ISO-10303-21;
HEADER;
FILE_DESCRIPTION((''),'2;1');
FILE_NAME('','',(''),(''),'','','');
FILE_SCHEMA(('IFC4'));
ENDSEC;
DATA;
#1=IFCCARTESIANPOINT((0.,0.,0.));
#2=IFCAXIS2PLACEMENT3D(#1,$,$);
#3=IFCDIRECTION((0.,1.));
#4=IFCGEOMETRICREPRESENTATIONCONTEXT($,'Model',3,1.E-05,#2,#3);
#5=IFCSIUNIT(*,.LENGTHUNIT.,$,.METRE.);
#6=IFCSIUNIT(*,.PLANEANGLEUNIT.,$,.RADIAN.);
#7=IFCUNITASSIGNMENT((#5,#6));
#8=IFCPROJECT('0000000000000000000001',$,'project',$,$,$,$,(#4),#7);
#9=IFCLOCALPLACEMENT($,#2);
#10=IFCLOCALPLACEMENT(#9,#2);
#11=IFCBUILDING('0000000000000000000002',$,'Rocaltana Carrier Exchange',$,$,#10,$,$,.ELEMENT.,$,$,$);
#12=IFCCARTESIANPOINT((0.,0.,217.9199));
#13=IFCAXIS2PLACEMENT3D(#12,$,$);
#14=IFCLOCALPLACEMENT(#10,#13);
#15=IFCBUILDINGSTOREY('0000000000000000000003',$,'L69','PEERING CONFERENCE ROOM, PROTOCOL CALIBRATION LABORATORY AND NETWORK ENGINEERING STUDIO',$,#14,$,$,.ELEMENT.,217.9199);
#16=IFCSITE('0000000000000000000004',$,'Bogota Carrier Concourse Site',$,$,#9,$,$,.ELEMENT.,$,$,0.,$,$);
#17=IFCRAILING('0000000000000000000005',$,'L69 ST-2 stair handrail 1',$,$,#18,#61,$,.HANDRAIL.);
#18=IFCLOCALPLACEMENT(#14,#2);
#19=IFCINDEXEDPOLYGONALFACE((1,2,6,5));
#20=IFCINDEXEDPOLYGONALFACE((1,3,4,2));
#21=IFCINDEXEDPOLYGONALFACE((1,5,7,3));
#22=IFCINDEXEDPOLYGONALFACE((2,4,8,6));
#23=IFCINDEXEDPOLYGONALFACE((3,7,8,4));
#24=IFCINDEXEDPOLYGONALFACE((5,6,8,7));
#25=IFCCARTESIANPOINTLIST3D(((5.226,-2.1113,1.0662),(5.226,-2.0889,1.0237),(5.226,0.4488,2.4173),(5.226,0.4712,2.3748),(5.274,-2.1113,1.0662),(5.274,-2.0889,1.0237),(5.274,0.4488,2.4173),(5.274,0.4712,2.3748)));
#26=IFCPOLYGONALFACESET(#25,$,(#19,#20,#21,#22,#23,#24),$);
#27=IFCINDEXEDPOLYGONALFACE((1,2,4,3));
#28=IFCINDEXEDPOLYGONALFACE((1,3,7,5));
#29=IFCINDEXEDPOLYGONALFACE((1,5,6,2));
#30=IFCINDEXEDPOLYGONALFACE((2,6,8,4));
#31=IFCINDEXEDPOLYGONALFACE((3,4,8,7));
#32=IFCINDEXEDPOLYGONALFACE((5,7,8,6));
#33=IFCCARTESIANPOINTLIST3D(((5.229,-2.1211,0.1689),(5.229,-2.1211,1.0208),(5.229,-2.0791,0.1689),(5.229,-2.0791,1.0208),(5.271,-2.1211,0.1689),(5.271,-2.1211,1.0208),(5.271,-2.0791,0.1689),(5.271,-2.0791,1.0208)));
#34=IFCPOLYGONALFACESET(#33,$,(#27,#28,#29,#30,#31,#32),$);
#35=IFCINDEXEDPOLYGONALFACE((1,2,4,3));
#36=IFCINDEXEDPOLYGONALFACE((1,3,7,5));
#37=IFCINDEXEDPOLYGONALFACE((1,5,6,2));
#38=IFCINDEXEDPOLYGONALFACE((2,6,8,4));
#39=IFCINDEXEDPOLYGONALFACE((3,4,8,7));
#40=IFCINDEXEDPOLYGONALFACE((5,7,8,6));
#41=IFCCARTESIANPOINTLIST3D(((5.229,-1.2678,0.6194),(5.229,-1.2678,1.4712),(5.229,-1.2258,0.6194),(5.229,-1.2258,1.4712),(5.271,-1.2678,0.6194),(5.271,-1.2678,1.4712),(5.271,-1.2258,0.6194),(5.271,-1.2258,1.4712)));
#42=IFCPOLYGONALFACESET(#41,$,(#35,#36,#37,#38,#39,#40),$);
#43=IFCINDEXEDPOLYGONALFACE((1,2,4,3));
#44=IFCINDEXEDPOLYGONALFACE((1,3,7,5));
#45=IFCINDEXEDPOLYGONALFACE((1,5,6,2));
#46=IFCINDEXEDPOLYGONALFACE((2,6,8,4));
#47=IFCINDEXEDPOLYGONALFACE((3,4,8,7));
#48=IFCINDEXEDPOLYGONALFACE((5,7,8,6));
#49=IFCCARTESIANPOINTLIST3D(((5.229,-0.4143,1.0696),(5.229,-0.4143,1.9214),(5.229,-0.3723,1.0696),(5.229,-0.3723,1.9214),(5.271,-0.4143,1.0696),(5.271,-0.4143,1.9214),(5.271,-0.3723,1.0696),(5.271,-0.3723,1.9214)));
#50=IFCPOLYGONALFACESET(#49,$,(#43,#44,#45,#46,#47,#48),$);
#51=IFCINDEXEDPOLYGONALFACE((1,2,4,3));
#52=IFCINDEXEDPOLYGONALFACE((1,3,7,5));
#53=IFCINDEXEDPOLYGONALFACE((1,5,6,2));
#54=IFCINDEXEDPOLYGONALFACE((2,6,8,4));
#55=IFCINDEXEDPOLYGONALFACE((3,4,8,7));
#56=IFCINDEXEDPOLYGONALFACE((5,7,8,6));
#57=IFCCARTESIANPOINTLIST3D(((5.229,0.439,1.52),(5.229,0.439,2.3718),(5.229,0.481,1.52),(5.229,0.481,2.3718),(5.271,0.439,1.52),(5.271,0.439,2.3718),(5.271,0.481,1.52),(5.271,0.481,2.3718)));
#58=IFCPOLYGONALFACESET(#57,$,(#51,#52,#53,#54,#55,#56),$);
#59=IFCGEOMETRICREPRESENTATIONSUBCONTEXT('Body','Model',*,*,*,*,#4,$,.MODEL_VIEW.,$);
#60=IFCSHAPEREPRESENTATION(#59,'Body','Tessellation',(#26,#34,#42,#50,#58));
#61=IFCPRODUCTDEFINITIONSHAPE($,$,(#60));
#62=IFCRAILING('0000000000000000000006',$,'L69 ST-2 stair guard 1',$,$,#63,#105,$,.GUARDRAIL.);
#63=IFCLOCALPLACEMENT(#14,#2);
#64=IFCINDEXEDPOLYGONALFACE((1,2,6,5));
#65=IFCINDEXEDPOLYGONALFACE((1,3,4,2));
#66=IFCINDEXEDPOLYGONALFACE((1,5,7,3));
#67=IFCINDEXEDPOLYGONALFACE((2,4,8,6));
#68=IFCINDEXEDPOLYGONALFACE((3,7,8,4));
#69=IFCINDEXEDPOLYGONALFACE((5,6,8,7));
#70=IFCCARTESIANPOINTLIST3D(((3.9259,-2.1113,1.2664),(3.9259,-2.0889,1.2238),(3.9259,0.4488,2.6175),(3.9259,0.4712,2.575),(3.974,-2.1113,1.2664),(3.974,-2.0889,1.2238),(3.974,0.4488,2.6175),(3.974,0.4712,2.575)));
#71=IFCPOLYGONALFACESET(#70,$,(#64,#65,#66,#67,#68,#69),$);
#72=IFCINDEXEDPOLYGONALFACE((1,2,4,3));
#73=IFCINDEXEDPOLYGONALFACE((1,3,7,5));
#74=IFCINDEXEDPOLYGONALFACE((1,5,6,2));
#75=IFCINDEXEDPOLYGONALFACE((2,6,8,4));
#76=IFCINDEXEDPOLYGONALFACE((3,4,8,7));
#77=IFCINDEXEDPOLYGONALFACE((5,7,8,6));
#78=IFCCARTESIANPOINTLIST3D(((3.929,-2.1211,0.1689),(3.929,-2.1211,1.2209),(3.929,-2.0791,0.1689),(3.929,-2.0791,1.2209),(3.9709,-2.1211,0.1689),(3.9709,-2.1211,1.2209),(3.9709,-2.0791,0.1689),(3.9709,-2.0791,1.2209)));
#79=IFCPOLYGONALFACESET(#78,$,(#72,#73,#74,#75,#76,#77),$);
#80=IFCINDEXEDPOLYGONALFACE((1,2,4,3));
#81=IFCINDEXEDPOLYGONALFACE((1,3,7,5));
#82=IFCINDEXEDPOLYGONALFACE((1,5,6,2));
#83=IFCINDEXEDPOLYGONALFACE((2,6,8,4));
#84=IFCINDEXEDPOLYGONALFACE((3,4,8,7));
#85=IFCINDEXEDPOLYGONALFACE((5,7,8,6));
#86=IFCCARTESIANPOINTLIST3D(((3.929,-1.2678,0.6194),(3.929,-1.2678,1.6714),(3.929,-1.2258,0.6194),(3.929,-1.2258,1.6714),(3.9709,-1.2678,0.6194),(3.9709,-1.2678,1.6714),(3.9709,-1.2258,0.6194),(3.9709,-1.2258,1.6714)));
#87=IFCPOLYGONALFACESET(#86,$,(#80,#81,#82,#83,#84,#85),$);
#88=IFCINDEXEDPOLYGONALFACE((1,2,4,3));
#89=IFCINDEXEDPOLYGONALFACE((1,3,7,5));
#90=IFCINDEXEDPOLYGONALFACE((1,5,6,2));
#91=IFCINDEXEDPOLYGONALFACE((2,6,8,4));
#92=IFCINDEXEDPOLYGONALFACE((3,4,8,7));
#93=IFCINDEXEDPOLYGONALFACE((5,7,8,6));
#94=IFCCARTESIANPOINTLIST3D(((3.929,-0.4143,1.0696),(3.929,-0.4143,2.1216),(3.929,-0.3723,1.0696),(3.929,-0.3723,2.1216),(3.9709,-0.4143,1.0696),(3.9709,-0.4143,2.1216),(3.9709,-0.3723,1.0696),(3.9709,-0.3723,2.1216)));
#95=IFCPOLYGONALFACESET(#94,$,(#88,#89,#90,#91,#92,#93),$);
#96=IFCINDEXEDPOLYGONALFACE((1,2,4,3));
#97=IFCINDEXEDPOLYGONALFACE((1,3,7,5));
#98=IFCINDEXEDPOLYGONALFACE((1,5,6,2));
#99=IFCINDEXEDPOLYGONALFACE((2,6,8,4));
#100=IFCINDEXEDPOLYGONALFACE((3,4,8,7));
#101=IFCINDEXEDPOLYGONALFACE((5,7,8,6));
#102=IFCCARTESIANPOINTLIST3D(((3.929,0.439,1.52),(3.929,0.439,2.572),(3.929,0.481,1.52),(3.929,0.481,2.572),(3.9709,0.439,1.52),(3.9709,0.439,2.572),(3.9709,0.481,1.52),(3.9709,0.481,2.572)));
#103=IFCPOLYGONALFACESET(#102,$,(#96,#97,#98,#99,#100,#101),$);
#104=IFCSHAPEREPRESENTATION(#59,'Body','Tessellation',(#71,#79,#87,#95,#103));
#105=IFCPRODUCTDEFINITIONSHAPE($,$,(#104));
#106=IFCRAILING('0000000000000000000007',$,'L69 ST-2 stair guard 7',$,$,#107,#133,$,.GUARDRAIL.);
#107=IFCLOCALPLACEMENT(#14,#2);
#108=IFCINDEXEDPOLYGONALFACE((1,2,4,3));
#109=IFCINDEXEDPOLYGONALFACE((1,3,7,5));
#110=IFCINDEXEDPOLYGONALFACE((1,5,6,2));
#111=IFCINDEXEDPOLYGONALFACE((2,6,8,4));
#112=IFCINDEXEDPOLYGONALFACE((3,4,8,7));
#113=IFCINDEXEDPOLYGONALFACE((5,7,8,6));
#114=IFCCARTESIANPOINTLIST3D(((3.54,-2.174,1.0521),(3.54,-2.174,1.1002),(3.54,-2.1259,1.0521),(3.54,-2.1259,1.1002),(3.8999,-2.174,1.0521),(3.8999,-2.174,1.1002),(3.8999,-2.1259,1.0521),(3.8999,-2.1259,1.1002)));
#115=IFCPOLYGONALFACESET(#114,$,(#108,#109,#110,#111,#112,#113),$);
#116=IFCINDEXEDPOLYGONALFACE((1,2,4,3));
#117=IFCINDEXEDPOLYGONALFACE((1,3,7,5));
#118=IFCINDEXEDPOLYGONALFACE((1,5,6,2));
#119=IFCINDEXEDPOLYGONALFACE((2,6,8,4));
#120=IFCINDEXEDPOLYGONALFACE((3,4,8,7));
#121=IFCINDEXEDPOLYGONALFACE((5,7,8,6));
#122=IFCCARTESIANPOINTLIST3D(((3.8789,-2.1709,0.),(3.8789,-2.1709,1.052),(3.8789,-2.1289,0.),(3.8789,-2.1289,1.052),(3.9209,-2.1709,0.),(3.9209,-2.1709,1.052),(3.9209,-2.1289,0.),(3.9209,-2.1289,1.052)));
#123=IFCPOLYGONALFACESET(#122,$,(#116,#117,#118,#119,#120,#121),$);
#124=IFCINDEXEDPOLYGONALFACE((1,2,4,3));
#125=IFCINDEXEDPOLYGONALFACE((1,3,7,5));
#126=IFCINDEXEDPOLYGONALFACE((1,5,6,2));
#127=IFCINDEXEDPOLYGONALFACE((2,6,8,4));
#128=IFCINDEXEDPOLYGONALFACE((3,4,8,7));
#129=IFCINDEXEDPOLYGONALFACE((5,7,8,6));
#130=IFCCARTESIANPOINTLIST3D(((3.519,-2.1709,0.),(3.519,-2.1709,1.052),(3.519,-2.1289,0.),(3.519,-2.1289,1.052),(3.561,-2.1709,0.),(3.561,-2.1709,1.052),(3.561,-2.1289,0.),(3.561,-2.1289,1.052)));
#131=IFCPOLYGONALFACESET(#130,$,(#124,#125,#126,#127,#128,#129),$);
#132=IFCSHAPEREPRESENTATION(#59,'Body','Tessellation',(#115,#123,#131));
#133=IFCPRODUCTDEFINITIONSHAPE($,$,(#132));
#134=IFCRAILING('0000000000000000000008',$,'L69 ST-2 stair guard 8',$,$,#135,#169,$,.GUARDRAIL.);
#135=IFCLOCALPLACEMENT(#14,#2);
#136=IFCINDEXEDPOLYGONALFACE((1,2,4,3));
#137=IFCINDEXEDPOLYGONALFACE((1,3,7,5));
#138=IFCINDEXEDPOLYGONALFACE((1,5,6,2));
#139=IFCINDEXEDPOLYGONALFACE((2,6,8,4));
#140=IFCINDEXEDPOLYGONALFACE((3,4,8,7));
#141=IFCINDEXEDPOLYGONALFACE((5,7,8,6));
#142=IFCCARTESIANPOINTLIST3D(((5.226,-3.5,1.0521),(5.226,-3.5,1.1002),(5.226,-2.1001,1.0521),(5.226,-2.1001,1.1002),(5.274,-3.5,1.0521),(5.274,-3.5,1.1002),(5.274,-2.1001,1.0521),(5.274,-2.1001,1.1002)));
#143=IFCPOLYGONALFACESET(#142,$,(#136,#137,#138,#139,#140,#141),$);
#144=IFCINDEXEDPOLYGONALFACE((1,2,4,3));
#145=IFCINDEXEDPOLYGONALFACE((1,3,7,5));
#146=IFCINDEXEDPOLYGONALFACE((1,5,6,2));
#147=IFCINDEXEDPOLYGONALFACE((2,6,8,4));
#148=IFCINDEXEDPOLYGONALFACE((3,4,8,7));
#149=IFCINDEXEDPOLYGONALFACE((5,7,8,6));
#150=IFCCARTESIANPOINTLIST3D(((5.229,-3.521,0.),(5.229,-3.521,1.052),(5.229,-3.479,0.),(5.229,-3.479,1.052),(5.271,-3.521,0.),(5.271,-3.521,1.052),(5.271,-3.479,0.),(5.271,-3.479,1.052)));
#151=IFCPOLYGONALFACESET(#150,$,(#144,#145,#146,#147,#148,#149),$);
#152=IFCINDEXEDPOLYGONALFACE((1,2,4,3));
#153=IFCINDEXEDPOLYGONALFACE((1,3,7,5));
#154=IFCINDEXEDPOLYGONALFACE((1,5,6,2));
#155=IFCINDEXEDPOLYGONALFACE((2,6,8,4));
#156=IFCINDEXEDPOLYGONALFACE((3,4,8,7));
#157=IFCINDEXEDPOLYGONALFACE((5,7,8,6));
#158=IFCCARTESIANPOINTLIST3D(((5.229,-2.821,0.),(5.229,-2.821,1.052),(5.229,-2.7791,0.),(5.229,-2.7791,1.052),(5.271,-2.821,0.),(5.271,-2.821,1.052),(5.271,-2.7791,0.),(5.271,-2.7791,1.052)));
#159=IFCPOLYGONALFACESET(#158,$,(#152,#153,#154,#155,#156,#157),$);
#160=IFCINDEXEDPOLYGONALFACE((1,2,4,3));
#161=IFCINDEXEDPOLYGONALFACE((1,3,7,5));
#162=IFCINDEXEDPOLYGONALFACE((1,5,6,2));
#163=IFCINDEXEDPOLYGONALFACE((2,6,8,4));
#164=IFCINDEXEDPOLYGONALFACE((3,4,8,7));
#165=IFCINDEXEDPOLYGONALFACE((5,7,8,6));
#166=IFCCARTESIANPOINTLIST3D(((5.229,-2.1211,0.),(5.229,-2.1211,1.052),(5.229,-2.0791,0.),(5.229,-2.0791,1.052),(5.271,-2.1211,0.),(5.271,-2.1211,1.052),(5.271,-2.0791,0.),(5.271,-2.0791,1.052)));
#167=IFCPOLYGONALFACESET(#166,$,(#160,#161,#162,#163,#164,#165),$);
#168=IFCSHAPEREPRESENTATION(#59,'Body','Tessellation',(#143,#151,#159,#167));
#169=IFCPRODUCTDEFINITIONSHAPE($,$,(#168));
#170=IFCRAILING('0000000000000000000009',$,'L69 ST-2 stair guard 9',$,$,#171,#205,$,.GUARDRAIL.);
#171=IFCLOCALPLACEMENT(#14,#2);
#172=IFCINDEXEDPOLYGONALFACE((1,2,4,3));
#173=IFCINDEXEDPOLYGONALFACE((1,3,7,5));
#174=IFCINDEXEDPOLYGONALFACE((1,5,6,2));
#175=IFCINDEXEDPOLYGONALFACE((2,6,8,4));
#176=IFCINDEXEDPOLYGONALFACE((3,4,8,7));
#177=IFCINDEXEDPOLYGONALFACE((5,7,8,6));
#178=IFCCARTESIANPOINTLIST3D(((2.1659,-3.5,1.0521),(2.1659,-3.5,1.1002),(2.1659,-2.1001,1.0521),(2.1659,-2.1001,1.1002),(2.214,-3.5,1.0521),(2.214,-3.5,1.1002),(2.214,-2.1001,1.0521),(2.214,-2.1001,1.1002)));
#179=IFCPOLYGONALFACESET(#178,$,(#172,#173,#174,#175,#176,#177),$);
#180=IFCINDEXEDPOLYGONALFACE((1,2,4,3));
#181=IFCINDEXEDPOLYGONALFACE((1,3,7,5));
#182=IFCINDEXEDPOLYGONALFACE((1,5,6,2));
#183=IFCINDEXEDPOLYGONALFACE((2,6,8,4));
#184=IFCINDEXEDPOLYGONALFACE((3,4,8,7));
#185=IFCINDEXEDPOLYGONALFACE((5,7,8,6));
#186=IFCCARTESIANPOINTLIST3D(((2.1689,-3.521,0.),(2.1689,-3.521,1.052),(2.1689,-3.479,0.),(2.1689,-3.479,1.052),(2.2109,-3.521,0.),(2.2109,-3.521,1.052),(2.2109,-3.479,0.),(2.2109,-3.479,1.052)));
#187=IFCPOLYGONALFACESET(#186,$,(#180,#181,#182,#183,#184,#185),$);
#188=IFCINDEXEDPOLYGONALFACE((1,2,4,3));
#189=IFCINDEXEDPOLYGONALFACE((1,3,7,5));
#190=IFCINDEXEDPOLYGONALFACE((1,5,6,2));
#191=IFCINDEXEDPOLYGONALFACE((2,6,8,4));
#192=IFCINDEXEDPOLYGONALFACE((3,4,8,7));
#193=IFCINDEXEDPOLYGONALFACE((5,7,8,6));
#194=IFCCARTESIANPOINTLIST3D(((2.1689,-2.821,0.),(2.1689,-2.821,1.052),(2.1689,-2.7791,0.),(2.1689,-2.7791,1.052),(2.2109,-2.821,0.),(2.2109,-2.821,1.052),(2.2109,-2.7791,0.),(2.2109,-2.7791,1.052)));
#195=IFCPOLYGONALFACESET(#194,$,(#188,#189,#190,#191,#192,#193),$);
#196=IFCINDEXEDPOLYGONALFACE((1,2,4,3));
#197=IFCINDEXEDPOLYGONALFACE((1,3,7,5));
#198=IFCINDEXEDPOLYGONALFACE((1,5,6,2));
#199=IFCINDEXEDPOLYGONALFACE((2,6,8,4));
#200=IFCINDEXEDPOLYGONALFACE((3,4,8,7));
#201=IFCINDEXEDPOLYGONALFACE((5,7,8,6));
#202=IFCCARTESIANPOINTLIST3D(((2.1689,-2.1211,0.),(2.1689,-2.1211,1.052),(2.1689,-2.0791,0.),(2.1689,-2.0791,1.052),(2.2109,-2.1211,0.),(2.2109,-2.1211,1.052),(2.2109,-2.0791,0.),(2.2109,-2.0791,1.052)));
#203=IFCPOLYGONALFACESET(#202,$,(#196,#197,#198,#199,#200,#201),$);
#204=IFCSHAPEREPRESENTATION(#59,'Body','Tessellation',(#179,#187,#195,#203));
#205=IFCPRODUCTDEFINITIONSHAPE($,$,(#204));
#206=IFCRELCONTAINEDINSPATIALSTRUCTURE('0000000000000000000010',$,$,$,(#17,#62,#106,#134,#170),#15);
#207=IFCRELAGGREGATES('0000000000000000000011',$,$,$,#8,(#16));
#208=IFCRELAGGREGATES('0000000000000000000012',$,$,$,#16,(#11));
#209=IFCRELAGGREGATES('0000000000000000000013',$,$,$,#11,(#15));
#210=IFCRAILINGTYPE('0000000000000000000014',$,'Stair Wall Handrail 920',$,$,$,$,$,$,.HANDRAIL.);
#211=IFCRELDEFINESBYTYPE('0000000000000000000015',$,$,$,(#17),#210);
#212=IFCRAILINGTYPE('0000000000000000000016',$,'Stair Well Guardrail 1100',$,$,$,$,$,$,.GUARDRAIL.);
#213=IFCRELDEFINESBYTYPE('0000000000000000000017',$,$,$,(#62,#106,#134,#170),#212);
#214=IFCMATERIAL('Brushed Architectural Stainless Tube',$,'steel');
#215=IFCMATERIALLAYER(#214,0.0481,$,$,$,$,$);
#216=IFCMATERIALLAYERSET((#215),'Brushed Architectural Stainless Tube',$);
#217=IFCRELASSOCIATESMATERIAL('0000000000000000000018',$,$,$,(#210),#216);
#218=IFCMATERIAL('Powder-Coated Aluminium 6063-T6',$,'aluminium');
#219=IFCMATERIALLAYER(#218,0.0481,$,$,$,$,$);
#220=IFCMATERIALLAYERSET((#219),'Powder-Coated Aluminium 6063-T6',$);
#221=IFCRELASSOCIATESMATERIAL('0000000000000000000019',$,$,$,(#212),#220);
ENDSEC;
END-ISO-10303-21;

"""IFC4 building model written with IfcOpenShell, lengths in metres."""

from ifc_helpers import new_model, si_unit, direction, frame, origin, origin_2d, place, context, subcontext, project, spatial, rectangle, extrude, material, layer, layer_set, type_object, element, save


model = new_model("IFC4")

# Units and contexts
model_context = context("Model", 3, precision=1e-05, world=origin(), true_north=direction((0.0, 1.0)))
body_context = subcontext(model_context, "Body", "Model", "MODEL_VIEW")
ifc_project = project(units=[si_unit("LENGTHUNIT", "METRE"), si_unit("PLANEANGLEUNIT", "RADIAN")], contexts=[model_context])

# Site, building, storey
site_placement = place(None, origin())
site = spatial("IfcSite", under=ifc_project, at=site_placement, Name="Bogota Carrier Concourse Site", CompositionType="ELEMENT", RefElevation=0.0)
building_placement = place(site_placement, origin())
building = spatial("IfcBuilding", under=site, at=building_placement, Name="Rocaltana Carrier Exchange", CompositionType="ELEMENT")
storey_placement = place(building_placement, frame((0.0, 0.0, 217.9199)))
storey = spatial("IfcBuildingStorey", under=building, at=storey_placement, Name="L69", Description="PEERING CONFERENCE ROOM, PROTOCOL CALIBRATION LABORATORY AND NETWORK ENGINEERING STUDIO", CompositionType="ELEMENT", Elevation=217.9199)

# Railings
ifc_material_1 = material(Name="Brushed Architectural Stainless Tube", Category="steel")
ifc_layer_1 = layer(ifc_material_1, 0.0481)
ifc_layer_set_1 = layer_set([ifc_layer_1], Name="Brushed Architectural Stainless Tube")
railing_type_1 = type_object("IfcRailingType", Name="Stair Wall Handrail 920", PredefinedType="HANDRAIL", material=ifc_layer_set_1)
railing_1_placement = place(storey_placement, frame((5.25, -2.1001, 0.1689)))
element("IfcRailing", 1, at=railing_1_placement, inside=storey, type_object=railing_type_1, Name="L69 ST-2 stair handrail 1", PredefinedType="HANDRAIL", context=body_context, shape_type="SweptSolid", body=[
    extrude(rectangle(XDim=0.0481, YDim=0.0481, at=origin_2d()), frame((0.0, 0.0, 0.876), z_axis=(0.0, 0.884394, 0.46674), x_axis=(-1.0, 0.0, 0.0)), (0.0, 0.0, 1.0), 2.8948),
    extrude(rectangle(XDim=0.042, YDim=0.042, at=origin_2d()), origin(), (0.0, 0.0, 1.0), 0.8518),
    extrude(rectangle(XDim=0.042, YDim=0.042, at=origin_2d()), frame((0.0, 0.8533, 0.4504)), (0.0, 0.0, 1.0), 0.8518),
    extrude(rectangle(XDim=0.042, YDim=0.042, at=origin_2d()), frame((0.0, 1.7068, 0.9006)), (0.0, 0.0, 1.0), 0.8518),
    extrude(rectangle(XDim=0.042, YDim=0.042, at=origin_2d()), frame((0.0, 2.5601, 1.3511)), (0.0, 0.0, 1.0), 0.8518),
])
ifc_material_2 = material(Name="Powder-Coated Aluminium 6063-T6", Category="aluminium")
ifc_layer_2 = layer(ifc_material_2, 0.0481)
ifc_layer_set_2 = layer_set([ifc_layer_2], Name="Powder-Coated Aluminium 6063-T6")
railing_type_2 = type_object("IfcRailingType", Name="Stair Well Guardrail 1100", PredefinedType="GUARDRAIL", material=ifc_layer_set_2)
railing_2_placement = place(storey_placement, frame((3.95, -2.1001, 0.1689)))
element("IfcRailing", 2, at=railing_2_placement, inside=storey, type_object=railing_type_2, Name="L69 ST-2 stair guard 1", PredefinedType="GUARDRAIL", context=body_context, shape_type="SweptSolid", body=[
    extrude(rectangle(XDim=0.0481, YDim=0.0481, at=origin_2d()), frame((0.0, 0.0, 1.0762), z_axis=(0.0, 0.884394, 0.46674), x_axis=(-1.0, 0.0, 0.0)), (0.0, 0.0, 1.0), 2.8948),
    extrude(rectangle(XDim=0.042, YDim=0.042, at=origin_2d()), origin(), (0.0, 0.0, 1.0), 1.052),
    extrude(rectangle(XDim=0.042, YDim=0.042, at=origin_2d()), frame((0.0, 0.8533, 0.4504)), (0.0, 0.0, 1.0), 1.052),
    extrude(rectangle(XDim=0.042, YDim=0.042, at=origin_2d()), frame((0.0, 1.7068, 0.9006)), (0.0, 0.0, 1.0), 1.052),
    extrude(rectangle(XDim=0.042, YDim=0.042, at=origin_2d()), frame((0.0, 2.5601, 1.3511)), (0.0, 0.0, 1.0), 1.052),
])
railing_3_placement = place(storey_placement, frame((3.8999, -2.1499, 0.0)))
element("IfcRailing", 3, at=railing_3_placement, inside=storey, type_object=railing_type_2, Name="L69 ST-2 stair guard 7", PredefinedType="GUARDRAIL", context=body_context, shape_type="SweptSolid", body=[
    extrude(rectangle(XDim=0.0481, YDim=0.0481, at=origin_2d()), frame((0.0, 0.0, 1.0762), z_axis=(-1.0, 0.0, 0.0), x_axis=(0.0, -1.0, 0.0)), (0.0, 0.0, 1.0), 0.3599),
    extrude(rectangle(XDim=0.042, YDim=0.042, at=origin_2d()), origin(), (0.0, 0.0, 1.0), 1.052),
    extrude(rectangle(XDim=0.042, YDim=0.042, at=origin_2d()), frame((-0.3599, 0.0, 0.0)), (0.0, 0.0, 1.0), 1.052),
])
for number, where, name in (
    (4, (5.25, -3.5, 0.0), "L69 ST-2 stair guard 8"),
    (5, (2.1899, -3.5, 0.0), "L69 ST-2 stair guard 9"),
):
    element("IfcRailing", number, at=place(storey_placement, frame(where)), inside=storey, type_object=railing_type_2, Name=name, PredefinedType="GUARDRAIL", context=body_context, shape_type="SweptSolid", body=[
        extrude(rectangle(XDim=0.0481, YDim=0.0481, at=origin_2d()), frame((0.0, 0.0, 1.0762), z_axis=(0.0, 1.0, 0.0), x_axis=(-1.0, 0.0, 0.0)), (0.0, 0.0, 1.0), 1.3999),
        extrude(rectangle(XDim=0.042, YDim=0.042, at=origin_2d()), origin(), (0.0, 0.0, 1.0), 1.052),
        extrude(rectangle(XDim=0.042, YDim=0.042, at=origin_2d()), frame((0.0, 0.7, 0.0)), (0.0, 0.0, 1.0), 1.052),
        extrude(rectangle(XDim=0.042, YDim=0.042, at=origin_2d()), frame((0.0, 1.3999, 0.0)), (0.0, 0.0, 1.0), 1.052),
    ])

save(model, "model.ifc")
